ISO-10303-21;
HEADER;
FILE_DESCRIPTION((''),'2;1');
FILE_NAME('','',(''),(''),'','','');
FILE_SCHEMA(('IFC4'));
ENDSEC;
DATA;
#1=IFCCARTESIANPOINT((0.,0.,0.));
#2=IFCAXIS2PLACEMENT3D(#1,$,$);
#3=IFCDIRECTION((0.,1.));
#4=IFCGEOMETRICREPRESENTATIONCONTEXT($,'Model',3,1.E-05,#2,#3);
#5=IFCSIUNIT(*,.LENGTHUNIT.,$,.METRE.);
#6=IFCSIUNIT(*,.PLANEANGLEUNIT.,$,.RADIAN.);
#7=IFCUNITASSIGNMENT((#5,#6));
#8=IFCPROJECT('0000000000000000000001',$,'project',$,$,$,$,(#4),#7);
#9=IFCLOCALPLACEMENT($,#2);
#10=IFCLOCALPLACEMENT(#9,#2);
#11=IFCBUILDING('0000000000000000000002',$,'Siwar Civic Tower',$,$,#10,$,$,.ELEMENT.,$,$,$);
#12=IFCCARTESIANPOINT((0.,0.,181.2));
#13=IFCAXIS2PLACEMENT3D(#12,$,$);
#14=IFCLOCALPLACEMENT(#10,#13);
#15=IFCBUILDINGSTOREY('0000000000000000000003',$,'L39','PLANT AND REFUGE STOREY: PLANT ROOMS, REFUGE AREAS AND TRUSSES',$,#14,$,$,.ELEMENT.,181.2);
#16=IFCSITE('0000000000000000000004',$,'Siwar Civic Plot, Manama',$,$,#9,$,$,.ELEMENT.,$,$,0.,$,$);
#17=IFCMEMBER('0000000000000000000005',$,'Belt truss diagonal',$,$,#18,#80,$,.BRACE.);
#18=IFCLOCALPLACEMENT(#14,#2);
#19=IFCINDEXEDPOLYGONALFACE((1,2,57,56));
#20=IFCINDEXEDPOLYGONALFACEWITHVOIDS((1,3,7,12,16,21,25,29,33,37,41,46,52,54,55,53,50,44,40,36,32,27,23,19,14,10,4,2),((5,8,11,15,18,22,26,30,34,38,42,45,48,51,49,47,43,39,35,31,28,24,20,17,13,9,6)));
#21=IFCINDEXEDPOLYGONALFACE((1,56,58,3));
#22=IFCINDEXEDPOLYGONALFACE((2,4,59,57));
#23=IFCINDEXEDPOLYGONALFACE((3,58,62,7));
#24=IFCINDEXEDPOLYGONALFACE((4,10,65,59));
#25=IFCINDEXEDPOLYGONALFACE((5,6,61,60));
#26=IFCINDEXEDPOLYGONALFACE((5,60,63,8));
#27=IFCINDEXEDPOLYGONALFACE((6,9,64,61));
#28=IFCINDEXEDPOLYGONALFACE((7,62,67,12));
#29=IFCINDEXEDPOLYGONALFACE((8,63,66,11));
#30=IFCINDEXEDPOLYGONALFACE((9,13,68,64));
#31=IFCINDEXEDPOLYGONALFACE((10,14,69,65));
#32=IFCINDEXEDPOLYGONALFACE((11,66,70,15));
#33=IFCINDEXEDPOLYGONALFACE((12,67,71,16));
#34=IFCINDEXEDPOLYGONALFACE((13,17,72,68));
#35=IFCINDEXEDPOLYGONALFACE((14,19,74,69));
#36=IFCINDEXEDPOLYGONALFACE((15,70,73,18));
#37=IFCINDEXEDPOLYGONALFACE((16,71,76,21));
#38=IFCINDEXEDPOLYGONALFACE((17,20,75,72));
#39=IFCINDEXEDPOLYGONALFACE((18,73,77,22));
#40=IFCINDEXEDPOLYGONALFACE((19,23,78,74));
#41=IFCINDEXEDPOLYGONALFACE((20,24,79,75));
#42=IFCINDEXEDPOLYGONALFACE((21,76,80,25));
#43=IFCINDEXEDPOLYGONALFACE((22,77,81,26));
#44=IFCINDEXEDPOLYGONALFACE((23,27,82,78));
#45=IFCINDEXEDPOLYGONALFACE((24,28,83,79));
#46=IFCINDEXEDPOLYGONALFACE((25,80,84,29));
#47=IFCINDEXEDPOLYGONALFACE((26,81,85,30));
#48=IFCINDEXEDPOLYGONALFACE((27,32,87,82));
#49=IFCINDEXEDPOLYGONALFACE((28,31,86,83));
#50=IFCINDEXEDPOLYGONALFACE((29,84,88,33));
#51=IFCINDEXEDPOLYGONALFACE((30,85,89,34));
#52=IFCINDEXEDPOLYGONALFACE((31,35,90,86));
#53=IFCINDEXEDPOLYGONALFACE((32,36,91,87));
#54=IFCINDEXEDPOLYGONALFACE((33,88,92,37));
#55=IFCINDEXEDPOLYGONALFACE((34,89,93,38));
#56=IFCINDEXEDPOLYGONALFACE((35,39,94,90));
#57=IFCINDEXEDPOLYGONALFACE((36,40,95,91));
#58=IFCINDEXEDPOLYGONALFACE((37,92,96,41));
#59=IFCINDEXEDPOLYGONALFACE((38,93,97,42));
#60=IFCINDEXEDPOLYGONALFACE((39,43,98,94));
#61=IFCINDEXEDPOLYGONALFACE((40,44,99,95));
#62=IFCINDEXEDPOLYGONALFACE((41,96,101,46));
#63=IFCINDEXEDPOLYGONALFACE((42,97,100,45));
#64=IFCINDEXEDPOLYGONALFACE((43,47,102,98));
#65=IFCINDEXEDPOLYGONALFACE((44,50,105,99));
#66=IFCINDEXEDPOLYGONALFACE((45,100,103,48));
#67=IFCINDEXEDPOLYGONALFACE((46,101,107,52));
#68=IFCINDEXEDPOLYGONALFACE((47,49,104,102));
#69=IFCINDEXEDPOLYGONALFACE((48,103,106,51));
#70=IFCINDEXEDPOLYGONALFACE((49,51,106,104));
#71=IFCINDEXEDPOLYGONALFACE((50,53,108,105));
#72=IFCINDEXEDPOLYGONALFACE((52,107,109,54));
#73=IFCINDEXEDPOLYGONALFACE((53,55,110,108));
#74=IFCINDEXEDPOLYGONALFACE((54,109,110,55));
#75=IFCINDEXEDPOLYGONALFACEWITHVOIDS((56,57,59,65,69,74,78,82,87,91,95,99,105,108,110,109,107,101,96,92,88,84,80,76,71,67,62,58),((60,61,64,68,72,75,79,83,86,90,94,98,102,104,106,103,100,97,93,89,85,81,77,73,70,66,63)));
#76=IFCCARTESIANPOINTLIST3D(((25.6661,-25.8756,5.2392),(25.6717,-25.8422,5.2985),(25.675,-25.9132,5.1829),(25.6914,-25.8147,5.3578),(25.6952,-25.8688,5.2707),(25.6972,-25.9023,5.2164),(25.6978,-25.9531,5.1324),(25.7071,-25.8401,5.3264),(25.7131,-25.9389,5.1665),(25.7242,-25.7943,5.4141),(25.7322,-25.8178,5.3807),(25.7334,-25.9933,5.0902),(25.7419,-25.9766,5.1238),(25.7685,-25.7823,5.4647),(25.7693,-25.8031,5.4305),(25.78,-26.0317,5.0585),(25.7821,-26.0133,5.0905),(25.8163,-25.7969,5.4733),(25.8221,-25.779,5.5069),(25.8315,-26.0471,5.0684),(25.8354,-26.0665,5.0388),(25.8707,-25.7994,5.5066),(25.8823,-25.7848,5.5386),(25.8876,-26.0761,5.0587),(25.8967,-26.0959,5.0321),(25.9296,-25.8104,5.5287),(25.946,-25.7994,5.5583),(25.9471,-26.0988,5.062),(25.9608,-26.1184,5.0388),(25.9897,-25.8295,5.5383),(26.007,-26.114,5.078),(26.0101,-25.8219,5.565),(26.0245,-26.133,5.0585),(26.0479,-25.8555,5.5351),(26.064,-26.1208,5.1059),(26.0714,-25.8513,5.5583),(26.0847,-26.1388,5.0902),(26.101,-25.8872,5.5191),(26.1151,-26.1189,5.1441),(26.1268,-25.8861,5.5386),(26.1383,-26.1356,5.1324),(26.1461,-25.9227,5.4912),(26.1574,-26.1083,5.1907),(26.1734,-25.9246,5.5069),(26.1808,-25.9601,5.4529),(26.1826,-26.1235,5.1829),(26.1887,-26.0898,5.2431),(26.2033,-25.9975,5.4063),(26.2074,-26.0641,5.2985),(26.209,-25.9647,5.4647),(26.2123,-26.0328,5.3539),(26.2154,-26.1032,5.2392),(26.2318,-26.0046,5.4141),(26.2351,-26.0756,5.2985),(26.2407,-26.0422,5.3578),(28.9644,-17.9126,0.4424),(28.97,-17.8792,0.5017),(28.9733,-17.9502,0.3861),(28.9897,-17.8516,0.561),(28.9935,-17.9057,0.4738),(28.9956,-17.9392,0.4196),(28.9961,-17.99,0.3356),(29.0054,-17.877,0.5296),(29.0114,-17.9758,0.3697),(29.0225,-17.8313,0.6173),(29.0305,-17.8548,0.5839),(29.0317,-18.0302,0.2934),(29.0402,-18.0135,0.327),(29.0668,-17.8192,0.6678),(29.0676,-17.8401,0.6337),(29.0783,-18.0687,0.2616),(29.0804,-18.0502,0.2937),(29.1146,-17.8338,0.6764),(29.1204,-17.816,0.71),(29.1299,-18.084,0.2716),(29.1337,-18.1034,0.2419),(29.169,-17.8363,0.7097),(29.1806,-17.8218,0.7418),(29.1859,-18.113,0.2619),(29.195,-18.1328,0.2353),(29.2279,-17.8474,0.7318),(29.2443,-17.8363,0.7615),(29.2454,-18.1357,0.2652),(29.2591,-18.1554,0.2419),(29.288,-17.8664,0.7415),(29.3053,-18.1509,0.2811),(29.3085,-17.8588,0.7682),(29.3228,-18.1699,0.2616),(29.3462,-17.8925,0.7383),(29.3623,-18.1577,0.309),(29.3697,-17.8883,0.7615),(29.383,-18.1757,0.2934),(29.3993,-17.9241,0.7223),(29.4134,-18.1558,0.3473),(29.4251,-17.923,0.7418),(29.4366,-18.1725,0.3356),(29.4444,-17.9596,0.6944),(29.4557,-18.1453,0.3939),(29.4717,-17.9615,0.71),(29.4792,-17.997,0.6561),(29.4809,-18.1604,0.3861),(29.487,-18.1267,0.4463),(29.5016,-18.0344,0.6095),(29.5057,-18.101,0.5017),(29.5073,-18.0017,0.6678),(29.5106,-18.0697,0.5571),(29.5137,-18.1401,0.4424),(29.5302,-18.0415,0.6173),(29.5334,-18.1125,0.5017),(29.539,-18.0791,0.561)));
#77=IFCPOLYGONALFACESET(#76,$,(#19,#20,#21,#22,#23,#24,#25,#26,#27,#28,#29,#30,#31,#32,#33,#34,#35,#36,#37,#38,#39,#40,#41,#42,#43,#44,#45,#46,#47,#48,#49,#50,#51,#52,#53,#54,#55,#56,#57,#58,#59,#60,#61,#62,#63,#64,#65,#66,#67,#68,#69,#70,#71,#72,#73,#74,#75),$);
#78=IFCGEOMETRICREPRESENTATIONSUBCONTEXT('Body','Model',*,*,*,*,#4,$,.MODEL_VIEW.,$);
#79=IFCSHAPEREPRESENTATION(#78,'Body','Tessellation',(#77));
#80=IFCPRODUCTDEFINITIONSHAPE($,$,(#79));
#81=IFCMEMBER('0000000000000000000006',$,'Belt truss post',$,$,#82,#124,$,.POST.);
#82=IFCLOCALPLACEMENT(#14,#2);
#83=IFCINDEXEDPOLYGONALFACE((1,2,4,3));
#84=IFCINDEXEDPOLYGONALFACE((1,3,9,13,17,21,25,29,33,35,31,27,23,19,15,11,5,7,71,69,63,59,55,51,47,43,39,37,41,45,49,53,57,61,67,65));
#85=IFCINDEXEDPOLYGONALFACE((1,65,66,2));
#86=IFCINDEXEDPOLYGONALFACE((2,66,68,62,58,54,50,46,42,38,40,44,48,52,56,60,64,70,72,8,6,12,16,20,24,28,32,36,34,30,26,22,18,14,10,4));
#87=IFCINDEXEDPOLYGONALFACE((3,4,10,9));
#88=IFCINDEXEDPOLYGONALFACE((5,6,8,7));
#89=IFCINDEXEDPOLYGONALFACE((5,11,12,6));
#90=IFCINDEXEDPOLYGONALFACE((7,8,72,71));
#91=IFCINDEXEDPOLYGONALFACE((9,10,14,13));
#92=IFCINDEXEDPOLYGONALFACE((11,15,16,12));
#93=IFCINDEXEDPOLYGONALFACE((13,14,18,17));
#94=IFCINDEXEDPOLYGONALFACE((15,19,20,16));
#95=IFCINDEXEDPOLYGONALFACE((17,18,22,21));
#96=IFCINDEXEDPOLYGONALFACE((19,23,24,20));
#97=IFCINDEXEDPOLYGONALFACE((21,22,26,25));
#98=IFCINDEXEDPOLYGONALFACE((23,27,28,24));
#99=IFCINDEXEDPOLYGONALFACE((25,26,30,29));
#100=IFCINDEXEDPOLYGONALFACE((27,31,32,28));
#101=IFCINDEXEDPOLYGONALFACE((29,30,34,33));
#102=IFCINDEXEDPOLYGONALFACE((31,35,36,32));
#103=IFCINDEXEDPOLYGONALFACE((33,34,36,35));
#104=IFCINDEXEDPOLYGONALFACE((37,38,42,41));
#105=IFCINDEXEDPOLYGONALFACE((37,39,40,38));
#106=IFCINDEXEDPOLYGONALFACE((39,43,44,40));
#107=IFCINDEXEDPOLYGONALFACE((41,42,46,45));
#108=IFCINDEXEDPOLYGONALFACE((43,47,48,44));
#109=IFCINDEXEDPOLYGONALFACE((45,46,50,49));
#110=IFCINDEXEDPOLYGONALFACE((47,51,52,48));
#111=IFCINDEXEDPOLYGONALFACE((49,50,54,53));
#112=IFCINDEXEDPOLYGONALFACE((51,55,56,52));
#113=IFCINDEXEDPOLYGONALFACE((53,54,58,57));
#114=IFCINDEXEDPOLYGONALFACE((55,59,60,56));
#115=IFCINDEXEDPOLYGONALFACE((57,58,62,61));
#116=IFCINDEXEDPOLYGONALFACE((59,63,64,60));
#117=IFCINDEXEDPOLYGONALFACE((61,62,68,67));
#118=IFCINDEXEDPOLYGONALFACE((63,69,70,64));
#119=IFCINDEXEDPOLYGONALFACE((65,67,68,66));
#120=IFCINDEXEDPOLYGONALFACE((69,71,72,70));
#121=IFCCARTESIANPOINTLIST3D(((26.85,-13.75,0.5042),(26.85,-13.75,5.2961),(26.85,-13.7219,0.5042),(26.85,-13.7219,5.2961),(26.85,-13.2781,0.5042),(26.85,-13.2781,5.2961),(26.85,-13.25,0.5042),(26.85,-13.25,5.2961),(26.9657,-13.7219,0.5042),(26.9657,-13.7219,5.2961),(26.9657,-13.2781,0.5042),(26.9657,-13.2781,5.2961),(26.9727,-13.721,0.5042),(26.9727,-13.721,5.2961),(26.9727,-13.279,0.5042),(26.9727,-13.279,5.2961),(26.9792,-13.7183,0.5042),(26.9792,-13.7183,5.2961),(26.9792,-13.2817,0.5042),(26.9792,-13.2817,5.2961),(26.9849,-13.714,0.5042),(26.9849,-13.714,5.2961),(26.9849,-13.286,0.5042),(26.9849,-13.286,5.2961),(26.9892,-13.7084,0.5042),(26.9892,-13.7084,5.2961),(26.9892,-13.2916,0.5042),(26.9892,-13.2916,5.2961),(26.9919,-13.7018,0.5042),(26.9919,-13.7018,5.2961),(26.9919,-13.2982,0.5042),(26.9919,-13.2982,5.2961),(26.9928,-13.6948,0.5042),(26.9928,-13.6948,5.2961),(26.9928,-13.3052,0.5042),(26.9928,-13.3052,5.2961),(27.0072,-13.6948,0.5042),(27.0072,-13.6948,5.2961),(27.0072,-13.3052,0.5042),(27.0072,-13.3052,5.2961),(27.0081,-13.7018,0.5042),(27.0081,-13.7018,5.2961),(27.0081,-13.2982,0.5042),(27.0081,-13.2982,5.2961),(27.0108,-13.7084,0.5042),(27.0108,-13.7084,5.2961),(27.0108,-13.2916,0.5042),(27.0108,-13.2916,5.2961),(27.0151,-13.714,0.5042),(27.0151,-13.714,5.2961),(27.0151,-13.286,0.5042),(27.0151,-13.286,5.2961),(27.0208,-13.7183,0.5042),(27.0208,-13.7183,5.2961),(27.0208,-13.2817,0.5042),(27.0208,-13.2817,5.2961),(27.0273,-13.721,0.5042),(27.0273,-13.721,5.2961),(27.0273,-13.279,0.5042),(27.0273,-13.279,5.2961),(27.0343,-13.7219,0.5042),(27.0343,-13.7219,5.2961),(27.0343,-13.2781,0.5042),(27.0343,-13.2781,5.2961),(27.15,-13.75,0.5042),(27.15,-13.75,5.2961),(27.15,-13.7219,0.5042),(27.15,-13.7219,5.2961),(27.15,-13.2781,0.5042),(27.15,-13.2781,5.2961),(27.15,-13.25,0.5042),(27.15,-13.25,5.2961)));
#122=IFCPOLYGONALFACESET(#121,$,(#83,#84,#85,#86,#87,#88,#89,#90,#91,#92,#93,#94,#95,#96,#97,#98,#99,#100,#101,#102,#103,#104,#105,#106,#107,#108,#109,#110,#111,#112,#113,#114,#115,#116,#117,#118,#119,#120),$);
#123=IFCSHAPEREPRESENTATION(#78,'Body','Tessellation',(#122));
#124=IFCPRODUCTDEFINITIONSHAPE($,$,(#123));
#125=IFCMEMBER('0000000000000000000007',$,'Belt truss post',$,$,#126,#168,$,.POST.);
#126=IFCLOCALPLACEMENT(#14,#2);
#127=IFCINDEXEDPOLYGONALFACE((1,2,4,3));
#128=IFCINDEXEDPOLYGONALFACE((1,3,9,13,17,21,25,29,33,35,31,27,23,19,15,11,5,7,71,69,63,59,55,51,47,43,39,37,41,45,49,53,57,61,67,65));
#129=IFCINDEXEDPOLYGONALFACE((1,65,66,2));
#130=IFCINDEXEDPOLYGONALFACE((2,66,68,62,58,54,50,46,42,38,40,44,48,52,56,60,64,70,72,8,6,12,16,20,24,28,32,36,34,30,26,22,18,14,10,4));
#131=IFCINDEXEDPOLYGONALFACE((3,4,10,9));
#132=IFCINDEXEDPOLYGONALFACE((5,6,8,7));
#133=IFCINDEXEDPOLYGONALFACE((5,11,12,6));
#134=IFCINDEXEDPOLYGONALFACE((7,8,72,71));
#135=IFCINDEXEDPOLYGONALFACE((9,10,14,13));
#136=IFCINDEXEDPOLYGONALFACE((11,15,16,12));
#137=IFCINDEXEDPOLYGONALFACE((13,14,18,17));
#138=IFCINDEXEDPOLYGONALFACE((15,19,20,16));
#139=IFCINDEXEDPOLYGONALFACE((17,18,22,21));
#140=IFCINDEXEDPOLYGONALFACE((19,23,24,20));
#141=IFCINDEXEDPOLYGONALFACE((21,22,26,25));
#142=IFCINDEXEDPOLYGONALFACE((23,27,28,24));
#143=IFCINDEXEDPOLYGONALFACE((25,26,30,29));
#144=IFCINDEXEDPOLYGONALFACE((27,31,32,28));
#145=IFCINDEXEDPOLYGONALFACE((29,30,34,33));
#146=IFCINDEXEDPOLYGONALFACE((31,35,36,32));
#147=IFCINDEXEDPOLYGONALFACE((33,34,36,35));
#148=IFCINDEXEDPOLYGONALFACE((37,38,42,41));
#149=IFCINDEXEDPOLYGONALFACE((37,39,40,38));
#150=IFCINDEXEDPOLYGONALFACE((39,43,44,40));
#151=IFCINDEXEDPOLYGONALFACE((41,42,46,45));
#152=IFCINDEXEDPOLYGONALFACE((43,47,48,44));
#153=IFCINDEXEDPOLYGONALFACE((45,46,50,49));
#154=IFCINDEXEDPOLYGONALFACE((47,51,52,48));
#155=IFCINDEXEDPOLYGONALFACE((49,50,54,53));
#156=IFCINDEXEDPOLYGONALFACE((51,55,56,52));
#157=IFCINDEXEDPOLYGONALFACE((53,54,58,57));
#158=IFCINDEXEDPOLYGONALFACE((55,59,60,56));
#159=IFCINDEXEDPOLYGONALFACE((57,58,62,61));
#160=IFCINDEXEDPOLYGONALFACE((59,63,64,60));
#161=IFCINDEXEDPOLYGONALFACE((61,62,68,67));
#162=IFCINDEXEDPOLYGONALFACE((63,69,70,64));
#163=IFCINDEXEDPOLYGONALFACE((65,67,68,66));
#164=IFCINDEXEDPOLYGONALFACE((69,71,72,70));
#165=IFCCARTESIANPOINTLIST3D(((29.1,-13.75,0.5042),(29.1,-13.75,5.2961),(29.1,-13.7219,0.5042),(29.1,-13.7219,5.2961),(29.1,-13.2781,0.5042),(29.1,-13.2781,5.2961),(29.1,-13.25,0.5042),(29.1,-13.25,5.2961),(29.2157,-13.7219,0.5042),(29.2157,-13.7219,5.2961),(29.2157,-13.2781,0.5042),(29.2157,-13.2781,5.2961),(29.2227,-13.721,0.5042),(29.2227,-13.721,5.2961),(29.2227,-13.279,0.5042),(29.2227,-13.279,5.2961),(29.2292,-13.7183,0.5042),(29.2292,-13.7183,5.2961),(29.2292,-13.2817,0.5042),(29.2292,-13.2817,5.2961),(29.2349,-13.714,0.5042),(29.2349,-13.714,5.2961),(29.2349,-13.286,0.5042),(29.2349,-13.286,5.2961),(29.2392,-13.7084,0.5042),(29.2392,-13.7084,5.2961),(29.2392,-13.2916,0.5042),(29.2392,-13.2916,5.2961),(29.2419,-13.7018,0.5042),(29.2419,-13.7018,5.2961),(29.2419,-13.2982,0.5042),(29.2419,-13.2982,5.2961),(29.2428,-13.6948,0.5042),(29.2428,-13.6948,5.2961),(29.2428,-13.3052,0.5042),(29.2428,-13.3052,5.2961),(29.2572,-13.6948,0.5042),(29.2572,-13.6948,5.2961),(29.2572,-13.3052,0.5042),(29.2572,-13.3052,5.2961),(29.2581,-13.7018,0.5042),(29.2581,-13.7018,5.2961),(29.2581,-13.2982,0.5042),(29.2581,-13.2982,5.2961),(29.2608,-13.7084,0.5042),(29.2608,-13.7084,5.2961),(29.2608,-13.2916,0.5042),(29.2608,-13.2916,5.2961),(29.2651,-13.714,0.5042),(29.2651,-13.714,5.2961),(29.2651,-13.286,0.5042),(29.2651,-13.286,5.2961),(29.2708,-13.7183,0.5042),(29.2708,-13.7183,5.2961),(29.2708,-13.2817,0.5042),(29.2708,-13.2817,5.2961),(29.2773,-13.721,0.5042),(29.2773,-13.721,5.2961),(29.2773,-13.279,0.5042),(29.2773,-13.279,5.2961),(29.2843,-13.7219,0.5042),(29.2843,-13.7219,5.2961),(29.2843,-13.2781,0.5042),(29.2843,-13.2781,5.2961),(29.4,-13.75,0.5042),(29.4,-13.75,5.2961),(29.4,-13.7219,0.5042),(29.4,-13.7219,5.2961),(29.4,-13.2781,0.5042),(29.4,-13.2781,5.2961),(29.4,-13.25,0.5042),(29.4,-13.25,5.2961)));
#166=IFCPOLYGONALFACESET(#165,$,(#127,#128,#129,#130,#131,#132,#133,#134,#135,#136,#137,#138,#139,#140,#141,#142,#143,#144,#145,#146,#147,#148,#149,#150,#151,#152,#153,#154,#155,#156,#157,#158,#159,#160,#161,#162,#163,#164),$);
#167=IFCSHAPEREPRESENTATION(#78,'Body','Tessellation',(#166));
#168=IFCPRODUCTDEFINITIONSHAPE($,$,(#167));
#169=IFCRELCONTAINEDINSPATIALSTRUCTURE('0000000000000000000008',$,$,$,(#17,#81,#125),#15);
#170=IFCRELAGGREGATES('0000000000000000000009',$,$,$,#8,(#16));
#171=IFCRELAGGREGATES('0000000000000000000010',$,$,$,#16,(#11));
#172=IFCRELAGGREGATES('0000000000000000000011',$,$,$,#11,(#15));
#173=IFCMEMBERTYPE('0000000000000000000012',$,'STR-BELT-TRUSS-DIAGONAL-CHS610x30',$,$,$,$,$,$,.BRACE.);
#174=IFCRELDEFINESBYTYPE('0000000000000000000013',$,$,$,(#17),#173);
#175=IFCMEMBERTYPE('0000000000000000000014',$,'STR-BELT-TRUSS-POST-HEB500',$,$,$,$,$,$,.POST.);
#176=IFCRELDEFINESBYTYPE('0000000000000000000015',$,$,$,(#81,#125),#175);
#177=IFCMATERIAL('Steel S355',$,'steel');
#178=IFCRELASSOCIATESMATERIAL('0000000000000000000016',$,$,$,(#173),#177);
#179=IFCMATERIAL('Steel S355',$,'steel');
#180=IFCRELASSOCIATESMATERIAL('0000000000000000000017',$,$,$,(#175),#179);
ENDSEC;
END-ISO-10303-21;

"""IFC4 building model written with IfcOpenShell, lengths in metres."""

from ifc_helpers import new_model, si_unit, direction, frame, origin, origin_2d, place, context, subcontext, project, spatial, hollow_circle, i_section, extrude, material, material_profile, profile_set, type_object, element, save


model = new_model("IFC4")

# Units and contexts
model_context = context("Model", 3, precision=1e-05, world=origin(), true_north=direction((0.0, 1.0)))
body_context = subcontext(model_context, "Body", "Model", "MODEL_VIEW")
ifc_project = project(units=[si_unit("LENGTHUNIT", "METRE"), si_unit("PLANEANGLEUNIT", "RADIAN")], contexts=[model_context])

# Site, building, storey
site_placement = place(None, origin())
site = spatial("IfcSite", under=ifc_project, at=site_placement, Name="Siwar Civic Plot, Manama", CompositionType="ELEMENT", RefElevation=0.0)
building_placement = place(site_placement, origin())
building = spatial("IfcBuilding", under=site, at=building_placement, Name="Siwar Civic Tower", CompositionType="ELEMENT")
storey_placement = place(building_placement, frame((0.0, 0.0, 181.2)))
storey = spatial("IfcBuildingStorey", under=building, at=storey_placement, Name="L39", Description="PLANT AND REFUGE STOREY: PLANT ROOMS, REFUGE AREAS AND TRUSSES", CompositionType="ELEMENT", Elevation=181.2)

# Members
ifc_material_1 = material(Name="Steel S355", Category="steel")
ifc_material_profile_1 = material_profile(ifc_material_1, hollow_circle(Radius=0.3049, WallThickness=0.03, at=origin_2d()), Name="CHS610x30")
ifc_profile_set_1 = profile_set([ifc_material_profile_1], Name="Steel S355")
member_type_1 = type_object("IfcMemberType", Name="STR-BELT-TRUSS-DIAGONAL-CHS610x30", PredefinedType="BRACE", material=ifc_profile_set_1)
member_1_placement = place(storey_placement, frame((29.2517, -17.9958, 0.5017), z_axis=(-0.334378, -0.807284, 0.486296), x_axis=(0.923884, -0.382674, 0.0)))
element("IfcMember", 1, at=member_1_placement, inside=storey, type_object=member_type_1, Name="Belt truss diagonal", PredefinedType="BRACE", context=body_context, shape_type="SweptSolid", body=[
    extrude(hollow_circle(Radius=0.3049, WallThickness=0.03, at=origin_2d()), origin(), (0.0, 0.0, 1.0), 9.864),
])
ifc_material_2 = material(Name="Steel S355", Category="steel")
ifc_material_profile_2 = material_profile(ifc_material_2, i_section(OverallWidth=0.3, OverallDepth=0.5, WebThickness=0.0144, FlangeThickness=0.0281, FilletRadius=0.0271, at=origin_2d()), Name="HEB500")
ifc_profile_set_2 = profile_set([ifc_material_profile_2], Name="Steel S355")
member_type_2 = type_object("IfcMemberType", Name="STR-BELT-TRUSS-POST-HEB500", PredefinedType="POST", material=ifc_profile_set_2)
for number, where, z_axis, x_axis, name in (
    (2, (27.0, -13.5, 0.5042), (0.0, 0.0, 1.0), (1.0, 0.0, 0.0), "Belt truss post"),
    (3, (29.25, -13.5, 0.5042), (0.0, 0.0, 1.0), (1.0, 0.0, 0.0), "Belt truss post"),
):
    element("IfcMember", number, at=place(storey_placement, frame(where, z_axis=z_axis, x_axis=x_axis)), inside=storey, type_object=member_type_2, Name=name, PredefinedType="POST", context=body_context, shape_type="SweptSolid", body=[
        extrude(i_section(OverallWidth=0.3, OverallDepth=0.5, WebThickness=0.0144, FlangeThickness=0.0281, FilletRadius=0.0271, at=origin_2d()), origin(), (0.0, 0.0, 1.0), 4.792),
    ])

save(model, "model.ifc")
